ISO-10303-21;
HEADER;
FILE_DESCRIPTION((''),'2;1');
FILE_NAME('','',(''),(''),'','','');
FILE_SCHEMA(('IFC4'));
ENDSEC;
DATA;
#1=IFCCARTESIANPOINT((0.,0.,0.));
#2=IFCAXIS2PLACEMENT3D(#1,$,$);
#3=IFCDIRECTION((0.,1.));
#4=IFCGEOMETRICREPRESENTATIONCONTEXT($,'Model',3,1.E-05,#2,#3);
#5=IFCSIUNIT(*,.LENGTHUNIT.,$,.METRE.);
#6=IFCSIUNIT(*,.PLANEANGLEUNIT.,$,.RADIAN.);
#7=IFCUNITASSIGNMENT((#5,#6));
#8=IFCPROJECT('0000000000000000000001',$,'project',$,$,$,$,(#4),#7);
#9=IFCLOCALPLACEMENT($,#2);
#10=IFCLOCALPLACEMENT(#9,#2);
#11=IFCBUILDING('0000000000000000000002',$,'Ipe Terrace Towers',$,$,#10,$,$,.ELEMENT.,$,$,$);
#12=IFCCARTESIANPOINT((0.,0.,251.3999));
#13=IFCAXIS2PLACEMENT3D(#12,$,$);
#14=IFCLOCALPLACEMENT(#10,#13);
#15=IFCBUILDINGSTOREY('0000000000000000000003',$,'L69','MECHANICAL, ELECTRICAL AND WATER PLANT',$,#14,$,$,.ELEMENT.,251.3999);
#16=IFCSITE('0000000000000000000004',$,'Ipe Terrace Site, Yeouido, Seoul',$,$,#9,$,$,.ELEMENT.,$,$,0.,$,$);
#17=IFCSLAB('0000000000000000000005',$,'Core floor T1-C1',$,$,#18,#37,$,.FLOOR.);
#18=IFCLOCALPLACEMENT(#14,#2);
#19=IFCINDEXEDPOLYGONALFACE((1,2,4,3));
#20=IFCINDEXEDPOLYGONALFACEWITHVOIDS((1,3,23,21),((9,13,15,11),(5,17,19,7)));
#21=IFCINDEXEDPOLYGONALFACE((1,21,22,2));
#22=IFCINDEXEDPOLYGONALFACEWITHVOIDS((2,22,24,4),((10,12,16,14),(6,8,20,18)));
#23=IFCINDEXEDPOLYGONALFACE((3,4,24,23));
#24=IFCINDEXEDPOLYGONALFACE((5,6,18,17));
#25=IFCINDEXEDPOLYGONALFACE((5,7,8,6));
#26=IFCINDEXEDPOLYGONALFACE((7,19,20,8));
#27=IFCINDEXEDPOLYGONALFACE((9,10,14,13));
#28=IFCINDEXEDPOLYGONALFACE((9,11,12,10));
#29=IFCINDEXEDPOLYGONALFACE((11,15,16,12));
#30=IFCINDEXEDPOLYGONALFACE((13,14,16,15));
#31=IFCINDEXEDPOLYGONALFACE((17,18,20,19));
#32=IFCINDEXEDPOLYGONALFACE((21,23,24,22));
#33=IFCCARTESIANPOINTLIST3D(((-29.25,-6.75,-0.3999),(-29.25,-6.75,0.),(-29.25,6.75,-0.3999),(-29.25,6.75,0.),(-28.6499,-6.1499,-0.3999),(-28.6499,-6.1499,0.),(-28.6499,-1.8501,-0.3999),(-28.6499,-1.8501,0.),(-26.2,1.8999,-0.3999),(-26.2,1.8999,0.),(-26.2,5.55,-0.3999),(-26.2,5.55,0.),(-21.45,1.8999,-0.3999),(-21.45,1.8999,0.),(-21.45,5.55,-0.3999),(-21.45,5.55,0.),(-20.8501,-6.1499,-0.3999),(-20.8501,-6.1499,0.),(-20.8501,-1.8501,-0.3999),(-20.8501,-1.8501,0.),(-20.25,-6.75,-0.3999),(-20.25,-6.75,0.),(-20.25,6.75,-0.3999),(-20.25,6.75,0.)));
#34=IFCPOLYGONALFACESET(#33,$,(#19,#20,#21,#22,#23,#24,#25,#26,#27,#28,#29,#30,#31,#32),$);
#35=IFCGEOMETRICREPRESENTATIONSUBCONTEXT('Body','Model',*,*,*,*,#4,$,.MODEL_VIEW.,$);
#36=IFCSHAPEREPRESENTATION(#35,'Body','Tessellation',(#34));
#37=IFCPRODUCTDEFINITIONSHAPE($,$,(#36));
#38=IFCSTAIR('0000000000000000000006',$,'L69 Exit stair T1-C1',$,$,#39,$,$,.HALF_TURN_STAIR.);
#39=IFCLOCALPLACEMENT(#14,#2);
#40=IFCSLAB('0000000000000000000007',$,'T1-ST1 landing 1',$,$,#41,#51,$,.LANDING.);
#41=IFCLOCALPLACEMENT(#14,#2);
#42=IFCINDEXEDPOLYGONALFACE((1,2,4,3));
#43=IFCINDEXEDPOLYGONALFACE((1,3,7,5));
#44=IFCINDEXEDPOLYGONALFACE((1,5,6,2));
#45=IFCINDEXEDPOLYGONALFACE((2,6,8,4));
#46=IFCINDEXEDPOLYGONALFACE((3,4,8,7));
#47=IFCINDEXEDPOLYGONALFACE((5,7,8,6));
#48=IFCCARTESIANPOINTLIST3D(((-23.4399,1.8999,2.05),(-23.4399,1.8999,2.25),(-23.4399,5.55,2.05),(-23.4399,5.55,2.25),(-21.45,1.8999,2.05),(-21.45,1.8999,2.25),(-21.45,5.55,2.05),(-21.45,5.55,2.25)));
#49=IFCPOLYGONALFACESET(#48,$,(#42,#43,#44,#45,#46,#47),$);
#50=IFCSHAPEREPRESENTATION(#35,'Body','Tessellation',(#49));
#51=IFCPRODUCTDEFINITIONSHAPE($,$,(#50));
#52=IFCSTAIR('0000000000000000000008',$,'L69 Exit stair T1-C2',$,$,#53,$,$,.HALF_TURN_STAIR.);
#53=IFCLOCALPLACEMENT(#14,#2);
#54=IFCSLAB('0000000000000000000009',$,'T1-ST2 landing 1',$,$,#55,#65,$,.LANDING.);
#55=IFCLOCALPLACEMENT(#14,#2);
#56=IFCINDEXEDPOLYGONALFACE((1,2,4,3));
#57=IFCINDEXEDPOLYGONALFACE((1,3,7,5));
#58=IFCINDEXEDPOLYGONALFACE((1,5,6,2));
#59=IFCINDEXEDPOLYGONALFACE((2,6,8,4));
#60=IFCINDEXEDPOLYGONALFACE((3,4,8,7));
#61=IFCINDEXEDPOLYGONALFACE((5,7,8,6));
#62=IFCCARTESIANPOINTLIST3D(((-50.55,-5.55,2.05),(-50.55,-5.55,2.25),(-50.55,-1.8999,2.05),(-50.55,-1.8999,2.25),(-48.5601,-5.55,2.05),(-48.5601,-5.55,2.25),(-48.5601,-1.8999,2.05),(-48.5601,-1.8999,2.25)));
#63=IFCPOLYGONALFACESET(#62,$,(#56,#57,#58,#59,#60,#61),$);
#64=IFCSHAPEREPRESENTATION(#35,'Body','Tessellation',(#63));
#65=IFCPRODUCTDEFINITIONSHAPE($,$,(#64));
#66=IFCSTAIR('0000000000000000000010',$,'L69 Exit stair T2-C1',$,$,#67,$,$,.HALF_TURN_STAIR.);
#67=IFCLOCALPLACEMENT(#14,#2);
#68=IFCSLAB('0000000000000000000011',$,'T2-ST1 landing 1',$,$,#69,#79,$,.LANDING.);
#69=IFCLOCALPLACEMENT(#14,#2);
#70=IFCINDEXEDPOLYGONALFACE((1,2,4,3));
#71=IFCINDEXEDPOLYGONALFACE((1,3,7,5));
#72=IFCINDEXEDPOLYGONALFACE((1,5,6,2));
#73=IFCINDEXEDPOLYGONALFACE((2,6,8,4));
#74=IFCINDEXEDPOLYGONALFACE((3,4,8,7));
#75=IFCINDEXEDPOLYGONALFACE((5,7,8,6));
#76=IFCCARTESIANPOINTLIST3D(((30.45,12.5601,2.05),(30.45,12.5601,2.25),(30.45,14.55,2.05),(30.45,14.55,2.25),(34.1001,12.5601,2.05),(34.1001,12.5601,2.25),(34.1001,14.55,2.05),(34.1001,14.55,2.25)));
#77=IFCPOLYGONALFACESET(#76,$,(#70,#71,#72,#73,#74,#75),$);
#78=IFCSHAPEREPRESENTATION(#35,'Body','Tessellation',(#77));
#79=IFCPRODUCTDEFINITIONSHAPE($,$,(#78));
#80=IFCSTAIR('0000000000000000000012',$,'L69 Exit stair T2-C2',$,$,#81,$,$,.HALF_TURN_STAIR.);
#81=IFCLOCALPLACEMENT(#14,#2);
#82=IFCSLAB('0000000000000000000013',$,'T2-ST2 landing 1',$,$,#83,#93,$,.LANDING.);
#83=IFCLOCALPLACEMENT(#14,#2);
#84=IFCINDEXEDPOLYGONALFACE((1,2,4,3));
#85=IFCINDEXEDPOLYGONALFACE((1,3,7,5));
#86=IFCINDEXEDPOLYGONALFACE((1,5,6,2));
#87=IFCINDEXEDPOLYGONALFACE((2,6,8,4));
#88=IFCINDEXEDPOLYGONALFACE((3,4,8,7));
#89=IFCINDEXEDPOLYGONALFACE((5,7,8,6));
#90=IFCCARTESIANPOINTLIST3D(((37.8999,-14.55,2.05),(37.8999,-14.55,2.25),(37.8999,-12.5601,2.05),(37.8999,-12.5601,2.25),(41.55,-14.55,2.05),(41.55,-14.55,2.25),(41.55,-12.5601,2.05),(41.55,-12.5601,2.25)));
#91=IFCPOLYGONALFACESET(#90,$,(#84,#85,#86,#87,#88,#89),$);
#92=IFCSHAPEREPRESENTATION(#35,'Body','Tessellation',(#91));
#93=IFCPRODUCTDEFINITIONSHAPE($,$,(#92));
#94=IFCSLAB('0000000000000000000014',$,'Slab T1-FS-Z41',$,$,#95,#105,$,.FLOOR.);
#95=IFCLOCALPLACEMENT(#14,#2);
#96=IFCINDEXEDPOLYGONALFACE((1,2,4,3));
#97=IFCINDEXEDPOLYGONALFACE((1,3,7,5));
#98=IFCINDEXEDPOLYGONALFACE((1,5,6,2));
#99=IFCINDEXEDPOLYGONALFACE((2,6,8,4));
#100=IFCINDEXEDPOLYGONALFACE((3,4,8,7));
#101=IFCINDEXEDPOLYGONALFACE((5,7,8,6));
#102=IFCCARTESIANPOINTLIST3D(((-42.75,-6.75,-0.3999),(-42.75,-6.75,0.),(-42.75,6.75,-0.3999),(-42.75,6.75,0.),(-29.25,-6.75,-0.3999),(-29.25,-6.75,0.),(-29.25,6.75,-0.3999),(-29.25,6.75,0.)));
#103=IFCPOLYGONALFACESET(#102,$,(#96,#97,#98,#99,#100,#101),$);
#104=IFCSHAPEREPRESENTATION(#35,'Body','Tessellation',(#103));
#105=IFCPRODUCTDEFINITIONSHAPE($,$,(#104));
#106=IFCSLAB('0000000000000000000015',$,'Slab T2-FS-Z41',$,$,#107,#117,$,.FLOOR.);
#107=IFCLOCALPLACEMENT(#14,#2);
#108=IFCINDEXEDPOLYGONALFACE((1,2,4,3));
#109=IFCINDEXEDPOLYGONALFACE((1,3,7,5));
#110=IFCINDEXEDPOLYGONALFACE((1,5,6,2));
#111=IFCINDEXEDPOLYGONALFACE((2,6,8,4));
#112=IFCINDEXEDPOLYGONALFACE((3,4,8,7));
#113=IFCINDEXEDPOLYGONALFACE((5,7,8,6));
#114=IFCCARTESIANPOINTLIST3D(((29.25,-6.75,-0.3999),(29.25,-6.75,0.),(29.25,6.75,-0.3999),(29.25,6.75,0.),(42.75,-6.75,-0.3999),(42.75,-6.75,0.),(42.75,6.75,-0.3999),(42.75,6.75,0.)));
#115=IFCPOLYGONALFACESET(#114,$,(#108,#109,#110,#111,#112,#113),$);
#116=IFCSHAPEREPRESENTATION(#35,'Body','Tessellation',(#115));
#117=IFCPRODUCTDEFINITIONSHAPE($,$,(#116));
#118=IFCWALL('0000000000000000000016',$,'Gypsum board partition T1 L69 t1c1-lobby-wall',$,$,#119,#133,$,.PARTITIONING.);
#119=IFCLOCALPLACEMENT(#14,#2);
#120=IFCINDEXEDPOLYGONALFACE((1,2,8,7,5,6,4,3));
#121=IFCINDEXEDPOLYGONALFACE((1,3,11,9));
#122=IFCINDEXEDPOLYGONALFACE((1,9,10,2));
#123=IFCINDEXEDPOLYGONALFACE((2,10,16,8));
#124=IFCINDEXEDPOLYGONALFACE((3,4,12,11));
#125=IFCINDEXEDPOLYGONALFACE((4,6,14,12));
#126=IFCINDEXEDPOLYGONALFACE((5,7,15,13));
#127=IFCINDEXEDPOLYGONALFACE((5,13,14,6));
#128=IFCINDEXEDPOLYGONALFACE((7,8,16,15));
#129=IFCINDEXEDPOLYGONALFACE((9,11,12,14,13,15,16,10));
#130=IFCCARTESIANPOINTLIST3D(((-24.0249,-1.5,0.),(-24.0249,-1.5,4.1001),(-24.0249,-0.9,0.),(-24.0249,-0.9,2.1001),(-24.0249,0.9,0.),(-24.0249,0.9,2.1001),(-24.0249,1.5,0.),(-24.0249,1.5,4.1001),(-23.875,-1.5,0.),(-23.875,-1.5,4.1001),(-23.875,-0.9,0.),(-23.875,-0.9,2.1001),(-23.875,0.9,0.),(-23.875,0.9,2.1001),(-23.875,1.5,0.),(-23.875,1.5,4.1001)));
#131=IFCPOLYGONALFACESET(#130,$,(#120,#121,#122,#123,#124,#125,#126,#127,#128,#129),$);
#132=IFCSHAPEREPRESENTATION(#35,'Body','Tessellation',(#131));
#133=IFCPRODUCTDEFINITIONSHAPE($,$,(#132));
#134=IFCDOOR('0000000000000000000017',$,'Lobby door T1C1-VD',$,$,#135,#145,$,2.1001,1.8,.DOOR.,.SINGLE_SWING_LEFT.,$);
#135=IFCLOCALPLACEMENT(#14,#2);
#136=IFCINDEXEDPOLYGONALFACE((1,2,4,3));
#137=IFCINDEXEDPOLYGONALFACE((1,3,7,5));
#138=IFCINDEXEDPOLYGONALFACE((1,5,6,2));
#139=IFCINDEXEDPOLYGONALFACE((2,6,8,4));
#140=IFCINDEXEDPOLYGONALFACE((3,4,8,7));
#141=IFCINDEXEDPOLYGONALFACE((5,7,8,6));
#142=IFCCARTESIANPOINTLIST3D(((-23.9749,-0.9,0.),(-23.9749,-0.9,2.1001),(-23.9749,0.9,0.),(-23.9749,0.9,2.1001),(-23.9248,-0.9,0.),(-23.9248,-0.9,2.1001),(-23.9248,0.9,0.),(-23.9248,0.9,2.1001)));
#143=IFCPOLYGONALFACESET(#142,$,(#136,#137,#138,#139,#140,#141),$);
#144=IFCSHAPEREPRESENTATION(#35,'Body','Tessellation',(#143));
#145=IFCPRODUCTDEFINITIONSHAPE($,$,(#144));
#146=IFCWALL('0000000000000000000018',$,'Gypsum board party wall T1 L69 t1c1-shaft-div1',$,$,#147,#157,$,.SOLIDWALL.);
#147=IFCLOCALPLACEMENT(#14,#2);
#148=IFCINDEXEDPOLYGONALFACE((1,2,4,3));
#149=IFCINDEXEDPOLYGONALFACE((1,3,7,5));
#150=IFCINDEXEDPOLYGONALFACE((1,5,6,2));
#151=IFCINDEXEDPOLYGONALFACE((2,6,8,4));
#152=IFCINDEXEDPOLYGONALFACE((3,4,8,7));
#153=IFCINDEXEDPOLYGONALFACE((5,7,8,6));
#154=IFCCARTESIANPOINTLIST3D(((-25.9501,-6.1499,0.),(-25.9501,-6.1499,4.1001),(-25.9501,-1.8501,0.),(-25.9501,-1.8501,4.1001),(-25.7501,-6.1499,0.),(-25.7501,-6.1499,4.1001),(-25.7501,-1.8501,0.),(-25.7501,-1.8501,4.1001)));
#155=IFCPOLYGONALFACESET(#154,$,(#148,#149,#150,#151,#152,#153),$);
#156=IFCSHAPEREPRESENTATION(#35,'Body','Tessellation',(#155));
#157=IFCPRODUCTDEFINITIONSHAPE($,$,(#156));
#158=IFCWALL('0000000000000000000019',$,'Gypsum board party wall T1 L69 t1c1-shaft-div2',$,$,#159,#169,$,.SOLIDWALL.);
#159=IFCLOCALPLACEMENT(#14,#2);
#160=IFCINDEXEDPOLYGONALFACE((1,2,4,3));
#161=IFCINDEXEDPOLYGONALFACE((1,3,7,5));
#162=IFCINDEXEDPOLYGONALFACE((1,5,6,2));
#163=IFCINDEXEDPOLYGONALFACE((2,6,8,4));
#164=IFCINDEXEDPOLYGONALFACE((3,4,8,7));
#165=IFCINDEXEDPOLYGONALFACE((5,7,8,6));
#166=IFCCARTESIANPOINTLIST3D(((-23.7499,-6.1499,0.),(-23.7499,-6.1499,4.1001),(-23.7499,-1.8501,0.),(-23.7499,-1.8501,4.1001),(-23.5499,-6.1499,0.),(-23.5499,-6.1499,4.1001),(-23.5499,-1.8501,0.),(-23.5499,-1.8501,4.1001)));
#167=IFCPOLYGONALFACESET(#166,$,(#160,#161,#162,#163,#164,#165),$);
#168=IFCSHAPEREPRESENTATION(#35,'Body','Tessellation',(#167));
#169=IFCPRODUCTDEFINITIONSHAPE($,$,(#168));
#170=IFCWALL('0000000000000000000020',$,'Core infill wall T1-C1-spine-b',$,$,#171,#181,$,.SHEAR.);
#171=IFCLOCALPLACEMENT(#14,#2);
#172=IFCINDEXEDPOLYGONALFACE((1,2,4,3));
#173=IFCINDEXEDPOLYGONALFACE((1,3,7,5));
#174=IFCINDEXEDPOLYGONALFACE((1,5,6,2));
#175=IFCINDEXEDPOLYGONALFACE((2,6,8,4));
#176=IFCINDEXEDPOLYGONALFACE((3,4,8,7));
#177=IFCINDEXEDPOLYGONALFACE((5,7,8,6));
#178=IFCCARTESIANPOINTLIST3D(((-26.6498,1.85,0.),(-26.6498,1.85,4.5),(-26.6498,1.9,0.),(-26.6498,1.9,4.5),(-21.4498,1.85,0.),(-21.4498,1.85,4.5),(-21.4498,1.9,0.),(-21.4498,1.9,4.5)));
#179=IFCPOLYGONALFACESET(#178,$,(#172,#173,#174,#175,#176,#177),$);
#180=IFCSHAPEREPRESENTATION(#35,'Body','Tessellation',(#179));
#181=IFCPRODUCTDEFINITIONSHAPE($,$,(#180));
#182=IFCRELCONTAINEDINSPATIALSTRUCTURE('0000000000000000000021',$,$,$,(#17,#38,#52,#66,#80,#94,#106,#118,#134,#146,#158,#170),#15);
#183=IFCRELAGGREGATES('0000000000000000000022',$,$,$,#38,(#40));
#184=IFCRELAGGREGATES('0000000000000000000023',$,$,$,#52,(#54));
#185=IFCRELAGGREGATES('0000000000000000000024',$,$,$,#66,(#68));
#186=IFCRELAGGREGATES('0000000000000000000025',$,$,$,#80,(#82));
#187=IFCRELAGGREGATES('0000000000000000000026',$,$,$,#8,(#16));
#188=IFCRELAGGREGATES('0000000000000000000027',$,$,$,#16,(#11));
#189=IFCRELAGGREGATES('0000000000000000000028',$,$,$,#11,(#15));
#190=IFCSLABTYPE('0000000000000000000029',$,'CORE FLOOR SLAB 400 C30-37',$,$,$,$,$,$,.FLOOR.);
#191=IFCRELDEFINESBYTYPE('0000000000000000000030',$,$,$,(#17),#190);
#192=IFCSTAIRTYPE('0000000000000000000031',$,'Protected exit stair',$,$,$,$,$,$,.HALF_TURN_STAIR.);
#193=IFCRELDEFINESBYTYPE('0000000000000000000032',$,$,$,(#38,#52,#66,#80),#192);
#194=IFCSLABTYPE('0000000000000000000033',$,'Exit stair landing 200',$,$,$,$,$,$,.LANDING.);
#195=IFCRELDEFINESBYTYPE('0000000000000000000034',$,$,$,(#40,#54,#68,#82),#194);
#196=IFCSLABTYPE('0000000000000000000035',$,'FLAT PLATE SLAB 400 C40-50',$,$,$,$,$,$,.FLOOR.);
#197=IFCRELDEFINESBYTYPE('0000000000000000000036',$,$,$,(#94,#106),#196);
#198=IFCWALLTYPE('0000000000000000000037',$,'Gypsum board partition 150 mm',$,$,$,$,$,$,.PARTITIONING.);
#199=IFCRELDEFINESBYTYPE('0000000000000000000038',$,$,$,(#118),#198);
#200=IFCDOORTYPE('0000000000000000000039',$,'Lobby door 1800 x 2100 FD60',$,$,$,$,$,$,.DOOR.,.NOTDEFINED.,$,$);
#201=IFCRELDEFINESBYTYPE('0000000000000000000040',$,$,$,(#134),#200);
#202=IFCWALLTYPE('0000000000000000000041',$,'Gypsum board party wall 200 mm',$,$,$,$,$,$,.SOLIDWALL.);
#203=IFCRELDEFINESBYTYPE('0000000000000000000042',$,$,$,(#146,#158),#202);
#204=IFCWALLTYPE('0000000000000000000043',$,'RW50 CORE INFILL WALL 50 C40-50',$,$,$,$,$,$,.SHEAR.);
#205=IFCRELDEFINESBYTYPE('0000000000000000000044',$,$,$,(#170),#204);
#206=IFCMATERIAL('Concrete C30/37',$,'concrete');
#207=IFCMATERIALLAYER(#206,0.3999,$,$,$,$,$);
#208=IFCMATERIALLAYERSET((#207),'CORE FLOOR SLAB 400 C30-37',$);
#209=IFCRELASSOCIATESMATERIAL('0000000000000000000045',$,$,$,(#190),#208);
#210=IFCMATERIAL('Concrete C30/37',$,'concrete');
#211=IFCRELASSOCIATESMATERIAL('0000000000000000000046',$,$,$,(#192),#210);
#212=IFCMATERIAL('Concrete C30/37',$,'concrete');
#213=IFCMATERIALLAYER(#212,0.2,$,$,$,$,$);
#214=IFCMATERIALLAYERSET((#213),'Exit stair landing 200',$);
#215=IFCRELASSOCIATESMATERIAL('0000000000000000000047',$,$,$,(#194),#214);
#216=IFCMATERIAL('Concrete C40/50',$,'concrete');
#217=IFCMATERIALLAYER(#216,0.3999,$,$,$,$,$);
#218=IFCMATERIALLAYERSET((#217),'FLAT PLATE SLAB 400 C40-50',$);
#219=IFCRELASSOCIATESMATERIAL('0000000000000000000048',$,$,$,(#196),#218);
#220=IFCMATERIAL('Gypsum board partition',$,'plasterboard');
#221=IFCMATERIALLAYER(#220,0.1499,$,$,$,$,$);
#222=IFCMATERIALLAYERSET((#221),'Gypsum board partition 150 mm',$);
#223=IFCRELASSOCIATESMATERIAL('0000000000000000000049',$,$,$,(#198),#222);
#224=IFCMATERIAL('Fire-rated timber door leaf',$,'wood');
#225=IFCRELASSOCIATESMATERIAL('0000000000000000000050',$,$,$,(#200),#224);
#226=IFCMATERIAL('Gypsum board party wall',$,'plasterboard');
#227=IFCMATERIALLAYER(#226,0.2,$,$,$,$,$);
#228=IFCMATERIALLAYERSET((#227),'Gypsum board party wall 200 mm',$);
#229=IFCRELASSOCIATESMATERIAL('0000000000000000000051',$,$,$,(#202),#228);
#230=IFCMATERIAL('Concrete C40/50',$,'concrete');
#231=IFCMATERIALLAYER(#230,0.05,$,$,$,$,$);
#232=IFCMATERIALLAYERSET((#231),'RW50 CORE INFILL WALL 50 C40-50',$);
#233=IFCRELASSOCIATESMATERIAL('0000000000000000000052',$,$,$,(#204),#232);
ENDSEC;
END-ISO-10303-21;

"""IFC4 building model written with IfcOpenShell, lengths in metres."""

from ifc_helpers import new_model, si_unit, direction, frame, frame_2d, origin, place, context, subcontext, project, spatial, polyline, rectangle, outline, extrude, material, layer, layer_set, type_object, element, fill, aggregate, save


model = new_model("IFC4")

# Units and contexts
model_context = context("Model", 3, precision=1e-05, world=origin(), true_north=direction((0.0, 1.0)))
body_context = subcontext(model_context, "Body", "Model", "MODEL_VIEW")
ifc_project = project(units=[si_unit("LENGTHUNIT", "METRE"), si_unit("PLANEANGLEUNIT", "RADIAN")], contexts=[model_context])

# Site, building, storey
site_placement = place(None, origin())
site = spatial("IfcSite", under=ifc_project, at=site_placement, Name="Ipe Terrace Site, Yeouido, Seoul", CompositionType="ELEMENT", RefElevation=0.0)
building_placement = place(site_placement, origin())
building = spatial("IfcBuilding", under=site, at=building_placement, Name="Ipe Terrace Towers", CompositionType="ELEMENT")
storey_placement = place(building_placement, frame((0.0, 0.0, 251.3999)))
storey = spatial("IfcBuildingStorey", under=building, at=storey_placement, Name="L69", Description="MECHANICAL, ELECTRICAL AND WATER PLANT", CompositionType="ELEMENT", Elevation=251.3999)

# Slab
ifc_material_1 = material(Name="Concrete C30/37", Category="concrete")
ifc_layer_1 = layer(ifc_material_1, 0.3999)
ifc_layer_set_1 = layer_set([ifc_layer_1], Name="CORE FLOOR SLAB 400 C30-37")
slab_type_1 = type_object("IfcSlabType", Name="CORE FLOOR SLAB 400 C30-37", PredefinedType="FLOOR", material=ifc_layer_set_1)
slab_1_placement = place(storey_placement, frame((0.0, 0.0, -0.3999)))
element("IfcSlab", 1, at=slab_1_placement, inside=storey, type_object=slab_type_1, Name="Core floor T1-C1", PredefinedType="FLOOR", context=body_context, shape_type="SweptSolid", body=[
    extrude(outline(polyline([(-29.25, -6.75), (-29.25, 6.75), (-20.25, 6.75), (-20.25, -6.75), (-29.25, -6.75)]), holes=[polyline([(-28.6499, -6.1499), (-20.8501, -6.1499), (-20.8501, -1.8501), (-28.6499, -1.8501), (-28.6499, -6.1499)]), polyline([(-26.2, 5.55), (-26.2, 1.8999), (-21.45, 1.8999), (-21.45, 5.55), (-26.2, 5.55)])]), origin(), (0.0, 0.0, 1.0), 0.3999),
])

# Stairs, slabs
ifc_material_2 = material(Name="Concrete C30/37", Category="concrete")
stair_type = type_object("IfcStairType", Name="Protected exit stair", PredefinedType="HALF_TURN_STAIR", material=ifc_material_2)
stair_1_placement = place(storey_placement, origin())
stair_1 = element("IfcStair", 2, at=stair_1_placement, inside=storey, type_object=stair_type, Name="L69 Exit stair T1-C1", PredefinedType="HALF_TURN_STAIR")
ifc_material_3 = material(Name="Concrete C30/37", Category="concrete")
ifc_layer_2 = layer(ifc_material_3, 0.2)
ifc_layer_set_2 = layer_set([ifc_layer_2], Name="Exit stair landing 200")
slab_type_2 = type_object("IfcSlabType", Name="Exit stair landing 200", PredefinedType="LANDING", material=ifc_layer_set_2)
slab_2_placement = place(storey_placement, frame((0.0, 0.0, 2.05)))
slab_2 = element("IfcSlab", 3, at=slab_2_placement, type_object=slab_type_2, Name="T1-ST1 landing 1", PredefinedType="LANDING", context=body_context, shape_type="SweptSolid", body=[
    extrude(outline(polyline([(-23.4399, 1.8999), (-21.45, 1.8999), (-21.45, 5.55), (-23.4399, 5.55), (-23.4399, 1.8999)])), origin(), (0.0, 0.0, 1.0), 0.2),
])
aggregate(stair_1, [slab_2])
stair_2_placement = place(storey_placement, origin())
stair_2 = element("IfcStair", 4, at=stair_2_placement, inside=storey, type_object=stair_type, Name="L69 Exit stair T1-C2", PredefinedType="HALF_TURN_STAIR")
slab_3_placement = place(storey_placement, frame((0.0, 0.0, 2.05)))
slab_3 = element("IfcSlab", 5, at=slab_3_placement, type_object=slab_type_2, Name="T1-ST2 landing 1", PredefinedType="LANDING", context=body_context, shape_type="SweptSolid", body=[
    extrude(outline(polyline([(-48.5601, -1.8999), (-50.55, -1.8999), (-50.55, -5.55), (-48.5601, -5.55), (-48.5601, -1.8999)])), origin(), (0.0, 0.0, 1.0), 0.2),
])
aggregate(stair_2, [slab_3])
stair_3_placement = place(storey_placement, origin())
stair_3 = element("IfcStair", 6, at=stair_3_placement, inside=storey, type_object=stair_type, Name="L69 Exit stair T2-C1", PredefinedType="HALF_TURN_STAIR")
slab_4_placement = place(storey_placement, frame((0.0, 0.0, 2.05)))
slab_4 = element("IfcSlab", 7, at=slab_4_placement, type_object=slab_type_2, Name="T2-ST1 landing 1", PredefinedType="LANDING", context=body_context, shape_type="SweptSolid", body=[
    extrude(outline(polyline([(34.1001, 12.5601), (34.1001, 14.55), (30.45, 14.55), (30.45, 12.5601), (34.1001, 12.5601)])), origin(), (0.0, 0.0, 1.0), 0.2),
])
aggregate(stair_3, [slab_4])
stair_4_placement = place(storey_placement, origin())
stair_4 = element("IfcStair", 8, at=stair_4_placement, inside=storey, type_object=stair_type, Name="L69 Exit stair T2-C2", PredefinedType="HALF_TURN_STAIR")
slab_5_placement = place(storey_placement, frame((0.0, 0.0, 2.05)))
slab_5 = element("IfcSlab", 9, at=slab_5_placement, type_object=slab_type_2, Name="T2-ST2 landing 1", PredefinedType="LANDING", context=body_context, shape_type="SweptSolid", body=[
    extrude(outline(polyline([(37.8999, -12.5601), (37.8999, -14.55), (41.55, -14.55), (41.55, -12.5601), (37.8999, -12.5601)])), origin(), (0.0, 0.0, 1.0), 0.2),
])
aggregate(stair_4, [slab_5])

# Slabs
ifc_material_4 = material(Name="Concrete C40/50", Category="concrete")
ifc_layer_3 = layer(ifc_material_4, 0.3999)
ifc_layer_set_3 = layer_set([ifc_layer_3], Name="FLAT PLATE SLAB 400 C40-50")
slab_type_3 = type_object("IfcSlabType", Name="FLAT PLATE SLAB 400 C40-50", PredefinedType="FLOOR", material=ifc_layer_set_3)
slab_6_placement = place(storey_placement, frame((0.0, 0.0, -0.3999)))
element("IfcSlab", 10, at=slab_6_placement, inside=storey, type_object=slab_type_3, Name="Slab T1-FS-Z41", PredefinedType="FLOOR", context=body_context, shape_type="SweptSolid", body=[
    extrude(outline(polyline([(-29.25, 6.75), (-29.25, -6.75), (-42.75, -6.75), (-42.75, 6.75), (-29.25, 6.75)])), origin(), (0.0, 0.0, 1.0), 0.3999),
])
slab_7_placement = place(storey_placement, frame((0.0, 0.0, -0.3999)))
element("IfcSlab", 11, at=slab_7_placement, inside=storey, type_object=slab_type_3, Name="Slab T2-FS-Z41", PredefinedType="FLOOR", context=body_context, shape_type="SweptSolid", body=[
    extrude(outline(polyline([(29.25, 6.75), (42.75, 6.75), (42.75, -6.75), (29.25, -6.75), (29.25, 6.75)])), origin(), (0.0, 0.0, 1.0), 0.3999),
])

# Wall, opening, door
ifc_material_5 = material(Name="Gypsum board partition", Category="plasterboard")
ifc_layer_4 = layer(ifc_material_5, 0.1499)
ifc_layer_set_4 = layer_set([ifc_layer_4], Name="Gypsum board partition 150 mm")
wall_type_1 = type_object("IfcWallType", Name="Gypsum board partition 150 mm", PredefinedType="PARTITIONING", material=ifc_layer_set_4)
wall_1_placement = place(storey_placement, frame((-23.95, -1.5, 0.0), z_axis=(0.0, 0.0, 1.0), x_axis=(0.0, 1.0, 0.0)))
wall_1 = element("IfcWall", 12, at=wall_1_placement, inside=storey, type_object=wall_type_1, Name="Gypsum board partition T1 L69 t1c1-lobby-wall", PredefinedType="PARTITIONING", context=body_context, shape_type="SweptSolid", body=[
    extrude(rectangle(XDim=3.0, YDim=0.1499, at=frame_2d((1.5, 0.0))), origin(), (0.0, 0.0, 1.0), 4.1001),
])
opening_1_placement = place(wall_1_placement, frame((0.6001, 0.0, 0.0)))
opening_1 = element("IfcOpeningElement", 13, at=opening_1_placement, cuts=wall_1, PredefinedType="OPENING", context=body_context, shape_type="SweptSolid", body=[
    extrude(rectangle(XDim=1.8, YDim=2.1001, at=frame_2d((0.8999, 1.05))), frame((0.0, 0.085, 0.0), z_axis=(0.0, -1.0, 0.0), x_axis=(1.0, 0.0, 0.0)), (0.0, 0.0, 1.0), 0.1699),
])
ifc_material_6 = material(Name="Fire-rated timber door leaf", Category="wood")
door_type = type_object("IfcDoorType", Name="Lobby door 1800 x 2100 FD60", OperationType="NOTDEFINED", PredefinedType="DOOR", material=ifc_material_6)
door_placement = place(opening_1_placement, origin())
door = element("IfcDoor", 14, at=door_placement, inside=storey, type_object=door_type, Name="Lobby door T1C1-VD", OperationType="SINGLE_SWING_LEFT", OverallHeight=2.1001, OverallWidth=1.8, PredefinedType="DOOR", context=body_context, shape_type="SweptSolid", body=[
    extrude(rectangle(XDim=1.8, YDim=2.1001, at=frame_2d((0.8999, 1.05))), frame((0.0, 0.0249, 0.0), z_axis=(0.0, -1.0, 0.0), x_axis=(1.0, 0.0, 0.0)), (0.0, 0.0, 1.0), 0.05),
])
fill(opening_1, door)

# Walls
ifc_material_7 = material(Name="Gypsum board party wall", Category="plasterboard")
ifc_layer_5 = layer(ifc_material_7, 0.2)
ifc_layer_set_5 = layer_set([ifc_layer_5], Name="Gypsum board party wall 200 mm")
wall_type_2 = type_object("IfcWallType", Name="Gypsum board party wall 200 mm", PredefinedType="SOLIDWALL", material=ifc_layer_set_5)
for number, where, z_axis, x_axis, name in (
    (15, (-25.8501, -6.1499, 0.0), (0.0, 0.0, 1.0), (0.0, 1.0, 0.0), "Gypsum board party wall T1 L69 t1c1-shaft-div1"),
    (16, (-23.6499, -6.1499, 0.0), (0.0, 0.0, 1.0), (0.0, 1.0, 0.0), "Gypsum board party wall T1 L69 t1c1-shaft-div2"),
):
    element("IfcWall", number, at=place(storey_placement, frame(where, z_axis=z_axis, x_axis=x_axis)), inside=storey, type_object=wall_type_2, Name=name, PredefinedType="SOLIDWALL", context=body_context, shape_type="SweptSolid", body=[
        extrude(rectangle(XDim=4.2998, YDim=0.2, at=frame_2d((2.1499, 0.0))), origin(), (0.0, 0.0, 1.0), 4.1001),
    ])
ifc_material_8 = material(Name="Concrete C40/50", Category="concrete")
ifc_layer_6 = layer(ifc_material_8, 0.05)
ifc_layer_set_6 = layer_set([ifc_layer_6], Name="RW50 CORE INFILL WALL 50 C40-50")
wall_type_3 = type_object("IfcWallType", Name="RW50 CORE INFILL WALL 50 C40-50", PredefinedType="SHEAR", material=ifc_layer_set_6)
wall_2_placement = place(storey_placement, frame((-26.6499, 1.875, 0.0), z_axis=(0.0, 0.0, 1.0), x_axis=(1.0, 0.0, 0.0)))
element("IfcWall", 17, at=wall_2_placement, inside=storey, type_object=wall_type_3, Name="Core infill wall T1-C1-spine-b", PredefinedType="SHEAR", context=body_context, shape_type="SweptSolid", body=[
    extrude(rectangle(XDim=5.2, YDim=0.05, at=frame_2d((2.6001, 0.0))), origin(), (0.0, 0.0, 1.0), 4.5),
])

save(model, "model.ifc")
